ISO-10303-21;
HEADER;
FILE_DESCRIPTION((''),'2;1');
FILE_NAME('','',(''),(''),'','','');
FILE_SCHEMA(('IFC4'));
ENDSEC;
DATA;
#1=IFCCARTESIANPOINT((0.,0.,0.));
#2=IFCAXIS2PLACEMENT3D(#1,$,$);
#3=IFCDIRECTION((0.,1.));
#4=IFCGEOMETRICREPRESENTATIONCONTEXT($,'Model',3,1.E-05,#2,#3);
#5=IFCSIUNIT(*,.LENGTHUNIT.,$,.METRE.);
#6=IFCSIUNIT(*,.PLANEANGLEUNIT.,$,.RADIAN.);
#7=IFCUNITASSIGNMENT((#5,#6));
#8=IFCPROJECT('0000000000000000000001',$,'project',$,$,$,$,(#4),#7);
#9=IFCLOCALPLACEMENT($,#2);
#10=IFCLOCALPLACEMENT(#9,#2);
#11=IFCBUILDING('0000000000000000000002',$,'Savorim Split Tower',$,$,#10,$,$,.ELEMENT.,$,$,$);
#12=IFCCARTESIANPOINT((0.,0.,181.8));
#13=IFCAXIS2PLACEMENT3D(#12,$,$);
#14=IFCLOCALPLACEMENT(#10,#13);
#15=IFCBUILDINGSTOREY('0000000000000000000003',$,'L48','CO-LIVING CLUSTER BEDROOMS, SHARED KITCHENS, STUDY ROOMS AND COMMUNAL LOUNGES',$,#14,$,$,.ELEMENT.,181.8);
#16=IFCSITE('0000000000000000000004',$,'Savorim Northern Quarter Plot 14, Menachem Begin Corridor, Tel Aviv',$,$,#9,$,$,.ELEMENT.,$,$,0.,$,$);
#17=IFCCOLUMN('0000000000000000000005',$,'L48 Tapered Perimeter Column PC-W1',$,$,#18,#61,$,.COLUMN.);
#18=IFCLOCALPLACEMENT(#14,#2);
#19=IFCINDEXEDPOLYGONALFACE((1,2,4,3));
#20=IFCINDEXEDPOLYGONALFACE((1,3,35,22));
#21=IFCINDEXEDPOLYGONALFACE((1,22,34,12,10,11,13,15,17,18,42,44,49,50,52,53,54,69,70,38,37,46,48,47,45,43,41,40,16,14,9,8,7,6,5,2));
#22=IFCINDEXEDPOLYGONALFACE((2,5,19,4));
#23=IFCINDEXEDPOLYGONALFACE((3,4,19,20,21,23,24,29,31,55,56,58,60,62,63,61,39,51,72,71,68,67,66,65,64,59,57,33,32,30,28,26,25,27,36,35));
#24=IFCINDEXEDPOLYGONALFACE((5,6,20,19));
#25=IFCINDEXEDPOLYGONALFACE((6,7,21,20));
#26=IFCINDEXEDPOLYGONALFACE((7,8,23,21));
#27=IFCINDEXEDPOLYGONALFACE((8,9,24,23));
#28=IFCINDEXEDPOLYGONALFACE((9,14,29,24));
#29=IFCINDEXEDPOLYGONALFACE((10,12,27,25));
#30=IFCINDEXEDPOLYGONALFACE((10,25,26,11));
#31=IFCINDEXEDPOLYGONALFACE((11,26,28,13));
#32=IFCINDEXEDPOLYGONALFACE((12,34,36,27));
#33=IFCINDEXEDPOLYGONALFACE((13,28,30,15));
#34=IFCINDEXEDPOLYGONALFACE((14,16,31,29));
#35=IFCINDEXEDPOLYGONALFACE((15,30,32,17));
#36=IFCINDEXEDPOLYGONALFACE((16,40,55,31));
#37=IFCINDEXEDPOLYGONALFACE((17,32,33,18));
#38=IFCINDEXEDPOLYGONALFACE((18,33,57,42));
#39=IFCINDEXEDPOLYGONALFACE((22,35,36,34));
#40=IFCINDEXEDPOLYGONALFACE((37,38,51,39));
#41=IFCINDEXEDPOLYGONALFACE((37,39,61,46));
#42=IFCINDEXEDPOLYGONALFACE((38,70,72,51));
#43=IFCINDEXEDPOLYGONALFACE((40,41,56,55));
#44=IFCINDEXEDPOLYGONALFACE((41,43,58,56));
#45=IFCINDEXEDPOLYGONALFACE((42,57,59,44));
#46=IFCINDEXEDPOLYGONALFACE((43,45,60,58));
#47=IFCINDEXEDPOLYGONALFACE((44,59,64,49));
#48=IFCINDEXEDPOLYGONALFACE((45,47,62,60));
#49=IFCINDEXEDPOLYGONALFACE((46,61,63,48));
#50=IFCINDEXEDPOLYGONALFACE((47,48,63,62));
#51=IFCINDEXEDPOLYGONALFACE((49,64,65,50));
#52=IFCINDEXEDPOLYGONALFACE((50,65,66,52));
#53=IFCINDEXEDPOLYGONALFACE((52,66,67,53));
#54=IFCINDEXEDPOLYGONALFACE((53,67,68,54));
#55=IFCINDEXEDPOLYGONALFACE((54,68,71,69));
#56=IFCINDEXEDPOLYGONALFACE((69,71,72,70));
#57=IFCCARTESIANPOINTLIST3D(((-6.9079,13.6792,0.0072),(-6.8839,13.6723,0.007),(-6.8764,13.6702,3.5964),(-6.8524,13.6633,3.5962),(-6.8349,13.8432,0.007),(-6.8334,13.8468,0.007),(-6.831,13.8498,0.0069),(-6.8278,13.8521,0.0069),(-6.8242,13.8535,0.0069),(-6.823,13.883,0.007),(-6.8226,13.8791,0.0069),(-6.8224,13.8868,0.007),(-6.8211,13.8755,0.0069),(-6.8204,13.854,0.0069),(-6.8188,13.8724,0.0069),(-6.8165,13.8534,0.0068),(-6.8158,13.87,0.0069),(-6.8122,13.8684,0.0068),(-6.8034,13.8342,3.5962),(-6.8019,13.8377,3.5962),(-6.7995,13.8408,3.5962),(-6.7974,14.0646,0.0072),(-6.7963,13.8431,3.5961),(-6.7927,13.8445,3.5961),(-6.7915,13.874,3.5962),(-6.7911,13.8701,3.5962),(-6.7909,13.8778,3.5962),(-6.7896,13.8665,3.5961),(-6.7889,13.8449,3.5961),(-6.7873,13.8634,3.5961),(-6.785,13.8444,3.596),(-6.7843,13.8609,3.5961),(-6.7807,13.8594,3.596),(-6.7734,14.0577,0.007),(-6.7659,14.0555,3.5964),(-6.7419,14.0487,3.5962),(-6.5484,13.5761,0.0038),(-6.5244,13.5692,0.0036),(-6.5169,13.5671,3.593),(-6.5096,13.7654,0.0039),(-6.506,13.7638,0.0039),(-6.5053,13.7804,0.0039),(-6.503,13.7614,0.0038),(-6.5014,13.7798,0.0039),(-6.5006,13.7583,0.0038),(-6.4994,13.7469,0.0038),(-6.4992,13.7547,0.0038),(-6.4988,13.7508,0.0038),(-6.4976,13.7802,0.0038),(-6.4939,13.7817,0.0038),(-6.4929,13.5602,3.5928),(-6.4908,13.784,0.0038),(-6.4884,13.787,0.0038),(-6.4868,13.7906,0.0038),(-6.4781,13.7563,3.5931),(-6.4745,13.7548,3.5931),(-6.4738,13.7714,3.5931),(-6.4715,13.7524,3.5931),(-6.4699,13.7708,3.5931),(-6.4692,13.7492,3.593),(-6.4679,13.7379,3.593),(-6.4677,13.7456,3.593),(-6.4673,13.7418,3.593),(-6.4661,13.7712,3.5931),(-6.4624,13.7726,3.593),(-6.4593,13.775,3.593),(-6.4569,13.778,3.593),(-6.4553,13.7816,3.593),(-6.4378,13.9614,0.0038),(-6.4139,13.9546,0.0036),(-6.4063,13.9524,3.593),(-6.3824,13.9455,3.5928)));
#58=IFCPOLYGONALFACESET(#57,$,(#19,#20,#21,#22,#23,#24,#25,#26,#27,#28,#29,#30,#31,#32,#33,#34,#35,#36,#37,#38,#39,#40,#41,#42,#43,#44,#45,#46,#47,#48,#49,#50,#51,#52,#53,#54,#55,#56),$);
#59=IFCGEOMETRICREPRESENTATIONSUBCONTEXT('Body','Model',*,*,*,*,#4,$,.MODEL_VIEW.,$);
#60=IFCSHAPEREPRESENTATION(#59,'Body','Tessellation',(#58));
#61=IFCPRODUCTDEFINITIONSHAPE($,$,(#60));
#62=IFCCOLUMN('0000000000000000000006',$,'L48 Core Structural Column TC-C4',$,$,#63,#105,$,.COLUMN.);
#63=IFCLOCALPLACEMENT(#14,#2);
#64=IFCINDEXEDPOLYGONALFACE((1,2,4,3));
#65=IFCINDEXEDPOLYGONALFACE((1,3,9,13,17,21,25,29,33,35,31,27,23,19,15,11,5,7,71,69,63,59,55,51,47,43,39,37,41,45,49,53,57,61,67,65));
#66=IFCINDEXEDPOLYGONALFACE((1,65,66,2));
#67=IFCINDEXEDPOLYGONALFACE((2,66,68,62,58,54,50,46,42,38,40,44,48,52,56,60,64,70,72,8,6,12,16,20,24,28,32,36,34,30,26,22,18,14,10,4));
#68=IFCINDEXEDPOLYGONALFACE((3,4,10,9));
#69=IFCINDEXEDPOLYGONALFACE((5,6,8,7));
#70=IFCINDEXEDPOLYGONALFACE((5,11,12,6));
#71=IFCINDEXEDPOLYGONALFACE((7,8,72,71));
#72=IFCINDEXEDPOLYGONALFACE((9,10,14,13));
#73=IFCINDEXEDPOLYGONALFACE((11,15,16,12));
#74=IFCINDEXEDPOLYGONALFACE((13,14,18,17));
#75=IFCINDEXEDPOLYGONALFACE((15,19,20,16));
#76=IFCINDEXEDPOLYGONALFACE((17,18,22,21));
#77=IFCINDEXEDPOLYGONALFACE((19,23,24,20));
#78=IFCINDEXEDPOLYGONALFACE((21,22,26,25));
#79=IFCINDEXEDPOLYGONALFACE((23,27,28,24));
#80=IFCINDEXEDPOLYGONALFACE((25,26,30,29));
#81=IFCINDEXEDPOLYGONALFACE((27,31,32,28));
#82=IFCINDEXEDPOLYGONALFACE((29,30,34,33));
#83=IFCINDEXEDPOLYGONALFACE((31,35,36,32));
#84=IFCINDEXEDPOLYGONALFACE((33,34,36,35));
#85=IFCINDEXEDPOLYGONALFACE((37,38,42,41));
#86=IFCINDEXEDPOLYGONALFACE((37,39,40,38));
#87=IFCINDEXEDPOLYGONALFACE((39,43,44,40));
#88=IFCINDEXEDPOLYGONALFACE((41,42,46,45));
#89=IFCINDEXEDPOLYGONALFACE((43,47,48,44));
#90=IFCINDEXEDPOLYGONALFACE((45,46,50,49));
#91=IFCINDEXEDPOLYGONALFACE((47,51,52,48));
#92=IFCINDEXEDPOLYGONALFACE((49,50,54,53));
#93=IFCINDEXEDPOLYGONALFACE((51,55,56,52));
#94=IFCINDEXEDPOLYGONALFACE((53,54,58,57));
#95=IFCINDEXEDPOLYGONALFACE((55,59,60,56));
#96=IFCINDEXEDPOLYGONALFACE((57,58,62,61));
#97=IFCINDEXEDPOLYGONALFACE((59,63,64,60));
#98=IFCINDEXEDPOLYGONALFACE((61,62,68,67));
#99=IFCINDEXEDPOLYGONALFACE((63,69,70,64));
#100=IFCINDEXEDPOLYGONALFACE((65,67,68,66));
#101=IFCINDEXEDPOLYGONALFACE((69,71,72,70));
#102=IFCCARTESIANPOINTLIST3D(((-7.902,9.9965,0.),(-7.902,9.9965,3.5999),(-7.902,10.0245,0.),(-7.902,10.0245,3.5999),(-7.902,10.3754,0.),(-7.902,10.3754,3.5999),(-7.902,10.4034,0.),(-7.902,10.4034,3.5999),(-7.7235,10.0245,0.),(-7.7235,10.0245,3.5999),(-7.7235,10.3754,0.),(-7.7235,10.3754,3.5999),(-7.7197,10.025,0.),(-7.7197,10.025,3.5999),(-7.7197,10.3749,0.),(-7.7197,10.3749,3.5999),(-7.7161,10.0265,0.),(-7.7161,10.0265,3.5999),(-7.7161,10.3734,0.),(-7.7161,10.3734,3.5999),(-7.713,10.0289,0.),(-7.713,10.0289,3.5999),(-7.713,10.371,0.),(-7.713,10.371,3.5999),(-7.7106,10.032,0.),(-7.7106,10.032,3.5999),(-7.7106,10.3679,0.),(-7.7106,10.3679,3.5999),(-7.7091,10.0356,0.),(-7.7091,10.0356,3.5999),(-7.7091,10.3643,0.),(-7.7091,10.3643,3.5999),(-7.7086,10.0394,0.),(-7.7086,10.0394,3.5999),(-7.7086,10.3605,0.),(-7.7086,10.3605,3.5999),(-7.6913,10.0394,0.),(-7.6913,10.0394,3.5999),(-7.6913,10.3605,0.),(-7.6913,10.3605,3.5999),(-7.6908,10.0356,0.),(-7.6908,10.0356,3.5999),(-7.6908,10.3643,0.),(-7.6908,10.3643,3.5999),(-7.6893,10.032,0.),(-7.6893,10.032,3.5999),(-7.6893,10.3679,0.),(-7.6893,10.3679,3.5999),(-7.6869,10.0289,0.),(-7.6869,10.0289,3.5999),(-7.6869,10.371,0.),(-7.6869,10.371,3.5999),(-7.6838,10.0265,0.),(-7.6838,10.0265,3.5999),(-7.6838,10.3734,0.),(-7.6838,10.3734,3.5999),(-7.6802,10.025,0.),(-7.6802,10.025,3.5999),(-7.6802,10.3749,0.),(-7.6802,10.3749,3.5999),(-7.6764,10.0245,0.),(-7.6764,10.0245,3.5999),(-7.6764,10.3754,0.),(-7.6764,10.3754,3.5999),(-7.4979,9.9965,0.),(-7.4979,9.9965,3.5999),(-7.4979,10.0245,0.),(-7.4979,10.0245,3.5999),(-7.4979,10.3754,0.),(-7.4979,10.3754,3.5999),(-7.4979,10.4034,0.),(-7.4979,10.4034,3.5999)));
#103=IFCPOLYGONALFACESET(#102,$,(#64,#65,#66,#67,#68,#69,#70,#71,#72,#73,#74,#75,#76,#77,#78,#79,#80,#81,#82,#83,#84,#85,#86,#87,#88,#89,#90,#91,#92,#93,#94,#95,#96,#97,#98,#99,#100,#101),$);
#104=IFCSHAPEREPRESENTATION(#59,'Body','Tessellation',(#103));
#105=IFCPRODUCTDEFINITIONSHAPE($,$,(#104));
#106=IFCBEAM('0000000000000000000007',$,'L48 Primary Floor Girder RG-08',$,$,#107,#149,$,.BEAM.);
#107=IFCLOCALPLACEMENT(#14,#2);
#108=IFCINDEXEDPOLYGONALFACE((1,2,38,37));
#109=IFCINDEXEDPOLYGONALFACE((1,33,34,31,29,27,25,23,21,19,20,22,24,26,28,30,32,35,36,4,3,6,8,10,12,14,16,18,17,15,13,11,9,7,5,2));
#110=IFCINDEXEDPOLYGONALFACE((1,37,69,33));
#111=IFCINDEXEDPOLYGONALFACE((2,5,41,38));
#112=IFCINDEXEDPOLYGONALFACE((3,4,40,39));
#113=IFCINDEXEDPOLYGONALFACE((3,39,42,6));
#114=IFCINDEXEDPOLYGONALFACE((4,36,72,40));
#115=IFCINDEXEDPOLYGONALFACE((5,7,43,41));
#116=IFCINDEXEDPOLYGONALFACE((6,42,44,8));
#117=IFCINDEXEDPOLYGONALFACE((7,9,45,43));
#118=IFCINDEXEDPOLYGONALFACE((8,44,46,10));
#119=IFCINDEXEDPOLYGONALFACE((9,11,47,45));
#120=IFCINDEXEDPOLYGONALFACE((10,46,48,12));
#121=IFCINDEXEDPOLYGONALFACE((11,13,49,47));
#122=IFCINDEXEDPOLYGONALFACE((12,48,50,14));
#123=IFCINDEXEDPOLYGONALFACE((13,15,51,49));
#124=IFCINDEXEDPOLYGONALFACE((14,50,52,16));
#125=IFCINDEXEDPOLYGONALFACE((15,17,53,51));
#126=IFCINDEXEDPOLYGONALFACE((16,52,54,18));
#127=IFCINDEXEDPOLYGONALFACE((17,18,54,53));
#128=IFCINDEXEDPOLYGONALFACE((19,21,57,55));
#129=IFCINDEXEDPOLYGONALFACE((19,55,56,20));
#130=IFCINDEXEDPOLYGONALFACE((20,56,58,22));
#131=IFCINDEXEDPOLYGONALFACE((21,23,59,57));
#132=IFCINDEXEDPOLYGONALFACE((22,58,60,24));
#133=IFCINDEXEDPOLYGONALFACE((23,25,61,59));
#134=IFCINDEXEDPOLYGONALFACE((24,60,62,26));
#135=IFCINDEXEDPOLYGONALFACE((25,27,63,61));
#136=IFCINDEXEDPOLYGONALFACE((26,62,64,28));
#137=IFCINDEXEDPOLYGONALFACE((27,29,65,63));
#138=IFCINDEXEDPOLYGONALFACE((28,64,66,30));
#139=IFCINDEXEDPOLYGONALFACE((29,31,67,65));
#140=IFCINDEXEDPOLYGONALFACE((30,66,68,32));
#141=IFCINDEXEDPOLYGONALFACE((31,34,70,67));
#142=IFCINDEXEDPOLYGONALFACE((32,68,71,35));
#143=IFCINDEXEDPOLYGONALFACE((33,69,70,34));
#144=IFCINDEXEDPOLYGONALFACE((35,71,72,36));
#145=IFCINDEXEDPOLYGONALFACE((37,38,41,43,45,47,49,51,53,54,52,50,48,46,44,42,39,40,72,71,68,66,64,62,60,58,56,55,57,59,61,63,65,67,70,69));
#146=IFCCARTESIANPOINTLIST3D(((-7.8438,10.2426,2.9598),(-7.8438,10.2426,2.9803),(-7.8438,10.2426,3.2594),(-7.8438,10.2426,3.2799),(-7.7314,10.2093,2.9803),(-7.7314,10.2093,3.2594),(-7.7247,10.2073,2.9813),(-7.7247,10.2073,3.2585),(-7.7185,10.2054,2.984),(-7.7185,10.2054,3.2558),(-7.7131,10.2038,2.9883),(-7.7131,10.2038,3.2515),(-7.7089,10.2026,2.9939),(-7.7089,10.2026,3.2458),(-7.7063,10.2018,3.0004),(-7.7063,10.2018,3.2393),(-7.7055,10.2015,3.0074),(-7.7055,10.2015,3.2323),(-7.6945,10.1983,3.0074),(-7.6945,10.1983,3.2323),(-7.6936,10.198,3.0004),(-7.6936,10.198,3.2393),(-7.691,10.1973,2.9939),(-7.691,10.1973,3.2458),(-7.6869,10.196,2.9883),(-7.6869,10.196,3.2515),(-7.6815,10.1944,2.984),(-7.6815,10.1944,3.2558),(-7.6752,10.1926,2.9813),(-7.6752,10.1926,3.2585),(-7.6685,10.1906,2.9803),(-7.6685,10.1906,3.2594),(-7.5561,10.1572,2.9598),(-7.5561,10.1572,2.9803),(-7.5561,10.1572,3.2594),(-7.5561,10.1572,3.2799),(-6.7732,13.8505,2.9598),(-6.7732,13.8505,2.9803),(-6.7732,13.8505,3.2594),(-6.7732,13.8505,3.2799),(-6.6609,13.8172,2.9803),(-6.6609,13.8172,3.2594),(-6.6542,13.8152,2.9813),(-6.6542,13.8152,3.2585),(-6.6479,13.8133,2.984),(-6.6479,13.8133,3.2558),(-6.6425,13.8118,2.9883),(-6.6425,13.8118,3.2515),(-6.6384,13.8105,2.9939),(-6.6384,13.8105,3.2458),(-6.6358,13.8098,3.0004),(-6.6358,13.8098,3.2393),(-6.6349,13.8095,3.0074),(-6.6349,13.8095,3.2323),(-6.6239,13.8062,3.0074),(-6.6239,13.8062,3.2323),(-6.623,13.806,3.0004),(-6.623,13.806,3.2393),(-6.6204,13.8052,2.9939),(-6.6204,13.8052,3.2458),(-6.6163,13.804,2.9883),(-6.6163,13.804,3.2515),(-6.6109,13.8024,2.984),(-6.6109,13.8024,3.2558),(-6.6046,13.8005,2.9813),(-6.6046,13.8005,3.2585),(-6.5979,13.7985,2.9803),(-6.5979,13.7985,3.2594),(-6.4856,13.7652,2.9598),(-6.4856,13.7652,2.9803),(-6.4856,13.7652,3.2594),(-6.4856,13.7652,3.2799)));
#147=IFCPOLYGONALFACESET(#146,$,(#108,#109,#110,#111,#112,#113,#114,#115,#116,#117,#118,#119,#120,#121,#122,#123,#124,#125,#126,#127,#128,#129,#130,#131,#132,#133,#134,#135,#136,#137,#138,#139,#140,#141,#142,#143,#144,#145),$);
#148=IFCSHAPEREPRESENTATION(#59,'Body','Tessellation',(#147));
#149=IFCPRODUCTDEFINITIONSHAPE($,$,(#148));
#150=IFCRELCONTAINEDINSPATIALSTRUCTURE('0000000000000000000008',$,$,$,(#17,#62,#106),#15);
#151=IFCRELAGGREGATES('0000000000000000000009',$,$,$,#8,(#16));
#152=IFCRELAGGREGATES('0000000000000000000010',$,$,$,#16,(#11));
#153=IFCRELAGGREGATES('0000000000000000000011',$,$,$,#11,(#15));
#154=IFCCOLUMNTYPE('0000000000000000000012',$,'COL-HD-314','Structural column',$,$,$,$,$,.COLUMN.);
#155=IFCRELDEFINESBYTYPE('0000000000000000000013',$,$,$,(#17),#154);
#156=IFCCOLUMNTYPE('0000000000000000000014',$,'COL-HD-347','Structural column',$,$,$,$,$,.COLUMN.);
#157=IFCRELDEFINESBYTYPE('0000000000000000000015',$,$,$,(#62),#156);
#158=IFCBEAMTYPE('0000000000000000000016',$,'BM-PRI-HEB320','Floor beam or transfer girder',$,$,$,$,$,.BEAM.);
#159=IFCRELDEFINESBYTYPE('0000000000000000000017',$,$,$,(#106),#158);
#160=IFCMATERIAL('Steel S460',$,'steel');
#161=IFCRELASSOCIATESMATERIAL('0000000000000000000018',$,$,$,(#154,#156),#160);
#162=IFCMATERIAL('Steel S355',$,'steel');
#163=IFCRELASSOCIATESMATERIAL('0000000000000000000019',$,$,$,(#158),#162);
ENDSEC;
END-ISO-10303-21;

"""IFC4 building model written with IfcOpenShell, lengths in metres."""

from ifc_helpers import new_model, si_unit, direction, frame, origin, origin_2d, place, context, subcontext, project, spatial, i_section, extrude, material, material_profile, profile_set, type_object, element, save


model = new_model("IFC4")

# Units and contexts
model_context = context("Model", 3, precision=1e-05, world=origin(), true_north=direction((0.0, 1.0)))
body_context = subcontext(model_context, "Body", "Model", "MODEL_VIEW")
ifc_project = project(units=[si_unit("LENGTHUNIT", "METRE"), si_unit("PLANEANGLEUNIT", "RADIAN")], contexts=[model_context])

# Site, building, storey
site_placement = place(None, origin())
site = spatial("IfcSite", under=ifc_project, at=site_placement, Name="Savorim Northern Quarter Plot 14, Menachem Begin Corridor, Tel Aviv", CompositionType="ELEMENT", RefElevation=0.0)
building_placement = place(site_placement, origin())
building = spatial("IfcBuilding", under=site, at=building_placement, Name="Savorim Split Tower", CompositionType="ELEMENT")
storey_placement = place(building_placement, frame((0.0, 0.0, 181.8)))
storey = spatial("IfcBuildingStorey", under=building, at=storey_placement, Name="L48", Description="CO-LIVING CLUSTER BEDROOMS, SHARED KITCHENS, STUDY ROOMS AND COMMUNAL LOUNGES", CompositionType="ELEMENT", Elevation=181.8)

# Columns
ifc_material_1 = material(Name="Steel S460", Category="steel")
ifc_material_profile_1 = material_profile(ifc_material_1, i_section(OverallWidth=0.4009, OverallDepth=0.3989, WebThickness=0.0156, FlangeThickness=0.0249, FilletRadius=0.0149, at=origin_2d()), Name="HD 400x314")
ifc_profile_set_1 = profile_set([ifc_material_profile_1], Name="Steel S460")
column_type_1 = type_object("IfcColumnType", Name="COL-HD-314", Description="Structural column", PredefinedType="COLUMN", material=ifc_profile_set_1)
column_1_placement = place(storey_placement, frame((-6.6609, 13.8169, 0.0054), z_axis=(0.008775, -0.002517, 0.999958), x_axis=(0.275705, 0.961242, 0.0)))
element("IfcColumn", 1, at=column_1_placement, inside=storey, type_object=column_type_1, Name="L48 Tapered Perimeter Column PC-W1", PredefinedType="COLUMN", context=body_context, shape_type="SweptSolid", body=[
    extrude(i_section(OverallWidth=0.4009, OverallDepth=0.3989, WebThickness=0.0156, FlangeThickness=0.0249, FilletRadius=0.0149, at=origin_2d()), origin(), (0.0, 0.0, 1.0), 3.5894),
])
ifc_material_profile_2 = material_profile(ifc_material_1, i_section(OverallWidth=0.4041, OverallDepth=0.407, WebThickness=0.0173, FlangeThickness=0.0281, FilletRadius=0.0149, at=origin_2d()), Name="HD 400x347")
ifc_profile_set_2 = profile_set([ifc_material_profile_2], Name="Steel S460")
column_type_2 = type_object("IfcColumnType", Name="COL-HD-347", Description="Structural column", PredefinedType="COLUMN", material=ifc_profile_set_2)
column_2_placement = place(storey_placement, frame((-7.7, 10.2, 0.0), z_axis=(0.0, 0.0, 1.0), x_axis=(1.0, 0.0, 0.0)))
element("IfcColumn", 2, at=column_2_placement, inside=storey, type_object=column_type_2, Name="L48 Core Structural Column TC-C4", PredefinedType="COLUMN", context=body_context, shape_type="SweptSolid", body=[
    extrude(i_section(OverallWidth=0.4041, OverallDepth=0.407, WebThickness=0.0173, FlangeThickness=0.0281, FilletRadius=0.0149, at=origin_2d()), origin(), (0.0, 0.0, 1.0), 3.5999),
])

# Beam
ifc_material_2 = material(Name="Steel S355", Category="steel")
ifc_material_profile_3 = material_profile(ifc_material_2, i_section(OverallWidth=0.3, OverallDepth=0.3201, WebThickness=0.0115, FlangeThickness=0.0205, FilletRadius=0.0271, at=origin_2d()), Name="HEB 320")
ifc_profile_set_3 = profile_set([ifc_material_profile_3], Name="Steel S355")
beam_type_1 = type_object("IfcBeamType", Name="BM-PRI-HEB320", Description="Floor beam or transfer girder", PredefinedType="BEAM", material=ifc_profile_set_3)
beam_1_placement = place(storey_placement, frame((-6.6294, 13.8079, 3.1199), z_axis=(-0.284466, -0.958686, 0.0), x_axis=(0.958686, -0.284466, 0.0)))
element("IfcBeam", 3, at=beam_1_placement, inside=storey, type_object=beam_type_1, Name="L48 Primary Floor Girder RG-08", PredefinedType="BEAM", context=body_context, shape_type="SweptSolid", body=[
    extrude(i_section(OverallWidth=0.3, OverallDepth=0.3201, WebThickness=0.0115, FlangeThickness=0.0205, FilletRadius=0.0271, at=origin_2d()), origin(), (0.0, 0.0, 1.0), 3.7634),
])

save(model, "model.ifc")
